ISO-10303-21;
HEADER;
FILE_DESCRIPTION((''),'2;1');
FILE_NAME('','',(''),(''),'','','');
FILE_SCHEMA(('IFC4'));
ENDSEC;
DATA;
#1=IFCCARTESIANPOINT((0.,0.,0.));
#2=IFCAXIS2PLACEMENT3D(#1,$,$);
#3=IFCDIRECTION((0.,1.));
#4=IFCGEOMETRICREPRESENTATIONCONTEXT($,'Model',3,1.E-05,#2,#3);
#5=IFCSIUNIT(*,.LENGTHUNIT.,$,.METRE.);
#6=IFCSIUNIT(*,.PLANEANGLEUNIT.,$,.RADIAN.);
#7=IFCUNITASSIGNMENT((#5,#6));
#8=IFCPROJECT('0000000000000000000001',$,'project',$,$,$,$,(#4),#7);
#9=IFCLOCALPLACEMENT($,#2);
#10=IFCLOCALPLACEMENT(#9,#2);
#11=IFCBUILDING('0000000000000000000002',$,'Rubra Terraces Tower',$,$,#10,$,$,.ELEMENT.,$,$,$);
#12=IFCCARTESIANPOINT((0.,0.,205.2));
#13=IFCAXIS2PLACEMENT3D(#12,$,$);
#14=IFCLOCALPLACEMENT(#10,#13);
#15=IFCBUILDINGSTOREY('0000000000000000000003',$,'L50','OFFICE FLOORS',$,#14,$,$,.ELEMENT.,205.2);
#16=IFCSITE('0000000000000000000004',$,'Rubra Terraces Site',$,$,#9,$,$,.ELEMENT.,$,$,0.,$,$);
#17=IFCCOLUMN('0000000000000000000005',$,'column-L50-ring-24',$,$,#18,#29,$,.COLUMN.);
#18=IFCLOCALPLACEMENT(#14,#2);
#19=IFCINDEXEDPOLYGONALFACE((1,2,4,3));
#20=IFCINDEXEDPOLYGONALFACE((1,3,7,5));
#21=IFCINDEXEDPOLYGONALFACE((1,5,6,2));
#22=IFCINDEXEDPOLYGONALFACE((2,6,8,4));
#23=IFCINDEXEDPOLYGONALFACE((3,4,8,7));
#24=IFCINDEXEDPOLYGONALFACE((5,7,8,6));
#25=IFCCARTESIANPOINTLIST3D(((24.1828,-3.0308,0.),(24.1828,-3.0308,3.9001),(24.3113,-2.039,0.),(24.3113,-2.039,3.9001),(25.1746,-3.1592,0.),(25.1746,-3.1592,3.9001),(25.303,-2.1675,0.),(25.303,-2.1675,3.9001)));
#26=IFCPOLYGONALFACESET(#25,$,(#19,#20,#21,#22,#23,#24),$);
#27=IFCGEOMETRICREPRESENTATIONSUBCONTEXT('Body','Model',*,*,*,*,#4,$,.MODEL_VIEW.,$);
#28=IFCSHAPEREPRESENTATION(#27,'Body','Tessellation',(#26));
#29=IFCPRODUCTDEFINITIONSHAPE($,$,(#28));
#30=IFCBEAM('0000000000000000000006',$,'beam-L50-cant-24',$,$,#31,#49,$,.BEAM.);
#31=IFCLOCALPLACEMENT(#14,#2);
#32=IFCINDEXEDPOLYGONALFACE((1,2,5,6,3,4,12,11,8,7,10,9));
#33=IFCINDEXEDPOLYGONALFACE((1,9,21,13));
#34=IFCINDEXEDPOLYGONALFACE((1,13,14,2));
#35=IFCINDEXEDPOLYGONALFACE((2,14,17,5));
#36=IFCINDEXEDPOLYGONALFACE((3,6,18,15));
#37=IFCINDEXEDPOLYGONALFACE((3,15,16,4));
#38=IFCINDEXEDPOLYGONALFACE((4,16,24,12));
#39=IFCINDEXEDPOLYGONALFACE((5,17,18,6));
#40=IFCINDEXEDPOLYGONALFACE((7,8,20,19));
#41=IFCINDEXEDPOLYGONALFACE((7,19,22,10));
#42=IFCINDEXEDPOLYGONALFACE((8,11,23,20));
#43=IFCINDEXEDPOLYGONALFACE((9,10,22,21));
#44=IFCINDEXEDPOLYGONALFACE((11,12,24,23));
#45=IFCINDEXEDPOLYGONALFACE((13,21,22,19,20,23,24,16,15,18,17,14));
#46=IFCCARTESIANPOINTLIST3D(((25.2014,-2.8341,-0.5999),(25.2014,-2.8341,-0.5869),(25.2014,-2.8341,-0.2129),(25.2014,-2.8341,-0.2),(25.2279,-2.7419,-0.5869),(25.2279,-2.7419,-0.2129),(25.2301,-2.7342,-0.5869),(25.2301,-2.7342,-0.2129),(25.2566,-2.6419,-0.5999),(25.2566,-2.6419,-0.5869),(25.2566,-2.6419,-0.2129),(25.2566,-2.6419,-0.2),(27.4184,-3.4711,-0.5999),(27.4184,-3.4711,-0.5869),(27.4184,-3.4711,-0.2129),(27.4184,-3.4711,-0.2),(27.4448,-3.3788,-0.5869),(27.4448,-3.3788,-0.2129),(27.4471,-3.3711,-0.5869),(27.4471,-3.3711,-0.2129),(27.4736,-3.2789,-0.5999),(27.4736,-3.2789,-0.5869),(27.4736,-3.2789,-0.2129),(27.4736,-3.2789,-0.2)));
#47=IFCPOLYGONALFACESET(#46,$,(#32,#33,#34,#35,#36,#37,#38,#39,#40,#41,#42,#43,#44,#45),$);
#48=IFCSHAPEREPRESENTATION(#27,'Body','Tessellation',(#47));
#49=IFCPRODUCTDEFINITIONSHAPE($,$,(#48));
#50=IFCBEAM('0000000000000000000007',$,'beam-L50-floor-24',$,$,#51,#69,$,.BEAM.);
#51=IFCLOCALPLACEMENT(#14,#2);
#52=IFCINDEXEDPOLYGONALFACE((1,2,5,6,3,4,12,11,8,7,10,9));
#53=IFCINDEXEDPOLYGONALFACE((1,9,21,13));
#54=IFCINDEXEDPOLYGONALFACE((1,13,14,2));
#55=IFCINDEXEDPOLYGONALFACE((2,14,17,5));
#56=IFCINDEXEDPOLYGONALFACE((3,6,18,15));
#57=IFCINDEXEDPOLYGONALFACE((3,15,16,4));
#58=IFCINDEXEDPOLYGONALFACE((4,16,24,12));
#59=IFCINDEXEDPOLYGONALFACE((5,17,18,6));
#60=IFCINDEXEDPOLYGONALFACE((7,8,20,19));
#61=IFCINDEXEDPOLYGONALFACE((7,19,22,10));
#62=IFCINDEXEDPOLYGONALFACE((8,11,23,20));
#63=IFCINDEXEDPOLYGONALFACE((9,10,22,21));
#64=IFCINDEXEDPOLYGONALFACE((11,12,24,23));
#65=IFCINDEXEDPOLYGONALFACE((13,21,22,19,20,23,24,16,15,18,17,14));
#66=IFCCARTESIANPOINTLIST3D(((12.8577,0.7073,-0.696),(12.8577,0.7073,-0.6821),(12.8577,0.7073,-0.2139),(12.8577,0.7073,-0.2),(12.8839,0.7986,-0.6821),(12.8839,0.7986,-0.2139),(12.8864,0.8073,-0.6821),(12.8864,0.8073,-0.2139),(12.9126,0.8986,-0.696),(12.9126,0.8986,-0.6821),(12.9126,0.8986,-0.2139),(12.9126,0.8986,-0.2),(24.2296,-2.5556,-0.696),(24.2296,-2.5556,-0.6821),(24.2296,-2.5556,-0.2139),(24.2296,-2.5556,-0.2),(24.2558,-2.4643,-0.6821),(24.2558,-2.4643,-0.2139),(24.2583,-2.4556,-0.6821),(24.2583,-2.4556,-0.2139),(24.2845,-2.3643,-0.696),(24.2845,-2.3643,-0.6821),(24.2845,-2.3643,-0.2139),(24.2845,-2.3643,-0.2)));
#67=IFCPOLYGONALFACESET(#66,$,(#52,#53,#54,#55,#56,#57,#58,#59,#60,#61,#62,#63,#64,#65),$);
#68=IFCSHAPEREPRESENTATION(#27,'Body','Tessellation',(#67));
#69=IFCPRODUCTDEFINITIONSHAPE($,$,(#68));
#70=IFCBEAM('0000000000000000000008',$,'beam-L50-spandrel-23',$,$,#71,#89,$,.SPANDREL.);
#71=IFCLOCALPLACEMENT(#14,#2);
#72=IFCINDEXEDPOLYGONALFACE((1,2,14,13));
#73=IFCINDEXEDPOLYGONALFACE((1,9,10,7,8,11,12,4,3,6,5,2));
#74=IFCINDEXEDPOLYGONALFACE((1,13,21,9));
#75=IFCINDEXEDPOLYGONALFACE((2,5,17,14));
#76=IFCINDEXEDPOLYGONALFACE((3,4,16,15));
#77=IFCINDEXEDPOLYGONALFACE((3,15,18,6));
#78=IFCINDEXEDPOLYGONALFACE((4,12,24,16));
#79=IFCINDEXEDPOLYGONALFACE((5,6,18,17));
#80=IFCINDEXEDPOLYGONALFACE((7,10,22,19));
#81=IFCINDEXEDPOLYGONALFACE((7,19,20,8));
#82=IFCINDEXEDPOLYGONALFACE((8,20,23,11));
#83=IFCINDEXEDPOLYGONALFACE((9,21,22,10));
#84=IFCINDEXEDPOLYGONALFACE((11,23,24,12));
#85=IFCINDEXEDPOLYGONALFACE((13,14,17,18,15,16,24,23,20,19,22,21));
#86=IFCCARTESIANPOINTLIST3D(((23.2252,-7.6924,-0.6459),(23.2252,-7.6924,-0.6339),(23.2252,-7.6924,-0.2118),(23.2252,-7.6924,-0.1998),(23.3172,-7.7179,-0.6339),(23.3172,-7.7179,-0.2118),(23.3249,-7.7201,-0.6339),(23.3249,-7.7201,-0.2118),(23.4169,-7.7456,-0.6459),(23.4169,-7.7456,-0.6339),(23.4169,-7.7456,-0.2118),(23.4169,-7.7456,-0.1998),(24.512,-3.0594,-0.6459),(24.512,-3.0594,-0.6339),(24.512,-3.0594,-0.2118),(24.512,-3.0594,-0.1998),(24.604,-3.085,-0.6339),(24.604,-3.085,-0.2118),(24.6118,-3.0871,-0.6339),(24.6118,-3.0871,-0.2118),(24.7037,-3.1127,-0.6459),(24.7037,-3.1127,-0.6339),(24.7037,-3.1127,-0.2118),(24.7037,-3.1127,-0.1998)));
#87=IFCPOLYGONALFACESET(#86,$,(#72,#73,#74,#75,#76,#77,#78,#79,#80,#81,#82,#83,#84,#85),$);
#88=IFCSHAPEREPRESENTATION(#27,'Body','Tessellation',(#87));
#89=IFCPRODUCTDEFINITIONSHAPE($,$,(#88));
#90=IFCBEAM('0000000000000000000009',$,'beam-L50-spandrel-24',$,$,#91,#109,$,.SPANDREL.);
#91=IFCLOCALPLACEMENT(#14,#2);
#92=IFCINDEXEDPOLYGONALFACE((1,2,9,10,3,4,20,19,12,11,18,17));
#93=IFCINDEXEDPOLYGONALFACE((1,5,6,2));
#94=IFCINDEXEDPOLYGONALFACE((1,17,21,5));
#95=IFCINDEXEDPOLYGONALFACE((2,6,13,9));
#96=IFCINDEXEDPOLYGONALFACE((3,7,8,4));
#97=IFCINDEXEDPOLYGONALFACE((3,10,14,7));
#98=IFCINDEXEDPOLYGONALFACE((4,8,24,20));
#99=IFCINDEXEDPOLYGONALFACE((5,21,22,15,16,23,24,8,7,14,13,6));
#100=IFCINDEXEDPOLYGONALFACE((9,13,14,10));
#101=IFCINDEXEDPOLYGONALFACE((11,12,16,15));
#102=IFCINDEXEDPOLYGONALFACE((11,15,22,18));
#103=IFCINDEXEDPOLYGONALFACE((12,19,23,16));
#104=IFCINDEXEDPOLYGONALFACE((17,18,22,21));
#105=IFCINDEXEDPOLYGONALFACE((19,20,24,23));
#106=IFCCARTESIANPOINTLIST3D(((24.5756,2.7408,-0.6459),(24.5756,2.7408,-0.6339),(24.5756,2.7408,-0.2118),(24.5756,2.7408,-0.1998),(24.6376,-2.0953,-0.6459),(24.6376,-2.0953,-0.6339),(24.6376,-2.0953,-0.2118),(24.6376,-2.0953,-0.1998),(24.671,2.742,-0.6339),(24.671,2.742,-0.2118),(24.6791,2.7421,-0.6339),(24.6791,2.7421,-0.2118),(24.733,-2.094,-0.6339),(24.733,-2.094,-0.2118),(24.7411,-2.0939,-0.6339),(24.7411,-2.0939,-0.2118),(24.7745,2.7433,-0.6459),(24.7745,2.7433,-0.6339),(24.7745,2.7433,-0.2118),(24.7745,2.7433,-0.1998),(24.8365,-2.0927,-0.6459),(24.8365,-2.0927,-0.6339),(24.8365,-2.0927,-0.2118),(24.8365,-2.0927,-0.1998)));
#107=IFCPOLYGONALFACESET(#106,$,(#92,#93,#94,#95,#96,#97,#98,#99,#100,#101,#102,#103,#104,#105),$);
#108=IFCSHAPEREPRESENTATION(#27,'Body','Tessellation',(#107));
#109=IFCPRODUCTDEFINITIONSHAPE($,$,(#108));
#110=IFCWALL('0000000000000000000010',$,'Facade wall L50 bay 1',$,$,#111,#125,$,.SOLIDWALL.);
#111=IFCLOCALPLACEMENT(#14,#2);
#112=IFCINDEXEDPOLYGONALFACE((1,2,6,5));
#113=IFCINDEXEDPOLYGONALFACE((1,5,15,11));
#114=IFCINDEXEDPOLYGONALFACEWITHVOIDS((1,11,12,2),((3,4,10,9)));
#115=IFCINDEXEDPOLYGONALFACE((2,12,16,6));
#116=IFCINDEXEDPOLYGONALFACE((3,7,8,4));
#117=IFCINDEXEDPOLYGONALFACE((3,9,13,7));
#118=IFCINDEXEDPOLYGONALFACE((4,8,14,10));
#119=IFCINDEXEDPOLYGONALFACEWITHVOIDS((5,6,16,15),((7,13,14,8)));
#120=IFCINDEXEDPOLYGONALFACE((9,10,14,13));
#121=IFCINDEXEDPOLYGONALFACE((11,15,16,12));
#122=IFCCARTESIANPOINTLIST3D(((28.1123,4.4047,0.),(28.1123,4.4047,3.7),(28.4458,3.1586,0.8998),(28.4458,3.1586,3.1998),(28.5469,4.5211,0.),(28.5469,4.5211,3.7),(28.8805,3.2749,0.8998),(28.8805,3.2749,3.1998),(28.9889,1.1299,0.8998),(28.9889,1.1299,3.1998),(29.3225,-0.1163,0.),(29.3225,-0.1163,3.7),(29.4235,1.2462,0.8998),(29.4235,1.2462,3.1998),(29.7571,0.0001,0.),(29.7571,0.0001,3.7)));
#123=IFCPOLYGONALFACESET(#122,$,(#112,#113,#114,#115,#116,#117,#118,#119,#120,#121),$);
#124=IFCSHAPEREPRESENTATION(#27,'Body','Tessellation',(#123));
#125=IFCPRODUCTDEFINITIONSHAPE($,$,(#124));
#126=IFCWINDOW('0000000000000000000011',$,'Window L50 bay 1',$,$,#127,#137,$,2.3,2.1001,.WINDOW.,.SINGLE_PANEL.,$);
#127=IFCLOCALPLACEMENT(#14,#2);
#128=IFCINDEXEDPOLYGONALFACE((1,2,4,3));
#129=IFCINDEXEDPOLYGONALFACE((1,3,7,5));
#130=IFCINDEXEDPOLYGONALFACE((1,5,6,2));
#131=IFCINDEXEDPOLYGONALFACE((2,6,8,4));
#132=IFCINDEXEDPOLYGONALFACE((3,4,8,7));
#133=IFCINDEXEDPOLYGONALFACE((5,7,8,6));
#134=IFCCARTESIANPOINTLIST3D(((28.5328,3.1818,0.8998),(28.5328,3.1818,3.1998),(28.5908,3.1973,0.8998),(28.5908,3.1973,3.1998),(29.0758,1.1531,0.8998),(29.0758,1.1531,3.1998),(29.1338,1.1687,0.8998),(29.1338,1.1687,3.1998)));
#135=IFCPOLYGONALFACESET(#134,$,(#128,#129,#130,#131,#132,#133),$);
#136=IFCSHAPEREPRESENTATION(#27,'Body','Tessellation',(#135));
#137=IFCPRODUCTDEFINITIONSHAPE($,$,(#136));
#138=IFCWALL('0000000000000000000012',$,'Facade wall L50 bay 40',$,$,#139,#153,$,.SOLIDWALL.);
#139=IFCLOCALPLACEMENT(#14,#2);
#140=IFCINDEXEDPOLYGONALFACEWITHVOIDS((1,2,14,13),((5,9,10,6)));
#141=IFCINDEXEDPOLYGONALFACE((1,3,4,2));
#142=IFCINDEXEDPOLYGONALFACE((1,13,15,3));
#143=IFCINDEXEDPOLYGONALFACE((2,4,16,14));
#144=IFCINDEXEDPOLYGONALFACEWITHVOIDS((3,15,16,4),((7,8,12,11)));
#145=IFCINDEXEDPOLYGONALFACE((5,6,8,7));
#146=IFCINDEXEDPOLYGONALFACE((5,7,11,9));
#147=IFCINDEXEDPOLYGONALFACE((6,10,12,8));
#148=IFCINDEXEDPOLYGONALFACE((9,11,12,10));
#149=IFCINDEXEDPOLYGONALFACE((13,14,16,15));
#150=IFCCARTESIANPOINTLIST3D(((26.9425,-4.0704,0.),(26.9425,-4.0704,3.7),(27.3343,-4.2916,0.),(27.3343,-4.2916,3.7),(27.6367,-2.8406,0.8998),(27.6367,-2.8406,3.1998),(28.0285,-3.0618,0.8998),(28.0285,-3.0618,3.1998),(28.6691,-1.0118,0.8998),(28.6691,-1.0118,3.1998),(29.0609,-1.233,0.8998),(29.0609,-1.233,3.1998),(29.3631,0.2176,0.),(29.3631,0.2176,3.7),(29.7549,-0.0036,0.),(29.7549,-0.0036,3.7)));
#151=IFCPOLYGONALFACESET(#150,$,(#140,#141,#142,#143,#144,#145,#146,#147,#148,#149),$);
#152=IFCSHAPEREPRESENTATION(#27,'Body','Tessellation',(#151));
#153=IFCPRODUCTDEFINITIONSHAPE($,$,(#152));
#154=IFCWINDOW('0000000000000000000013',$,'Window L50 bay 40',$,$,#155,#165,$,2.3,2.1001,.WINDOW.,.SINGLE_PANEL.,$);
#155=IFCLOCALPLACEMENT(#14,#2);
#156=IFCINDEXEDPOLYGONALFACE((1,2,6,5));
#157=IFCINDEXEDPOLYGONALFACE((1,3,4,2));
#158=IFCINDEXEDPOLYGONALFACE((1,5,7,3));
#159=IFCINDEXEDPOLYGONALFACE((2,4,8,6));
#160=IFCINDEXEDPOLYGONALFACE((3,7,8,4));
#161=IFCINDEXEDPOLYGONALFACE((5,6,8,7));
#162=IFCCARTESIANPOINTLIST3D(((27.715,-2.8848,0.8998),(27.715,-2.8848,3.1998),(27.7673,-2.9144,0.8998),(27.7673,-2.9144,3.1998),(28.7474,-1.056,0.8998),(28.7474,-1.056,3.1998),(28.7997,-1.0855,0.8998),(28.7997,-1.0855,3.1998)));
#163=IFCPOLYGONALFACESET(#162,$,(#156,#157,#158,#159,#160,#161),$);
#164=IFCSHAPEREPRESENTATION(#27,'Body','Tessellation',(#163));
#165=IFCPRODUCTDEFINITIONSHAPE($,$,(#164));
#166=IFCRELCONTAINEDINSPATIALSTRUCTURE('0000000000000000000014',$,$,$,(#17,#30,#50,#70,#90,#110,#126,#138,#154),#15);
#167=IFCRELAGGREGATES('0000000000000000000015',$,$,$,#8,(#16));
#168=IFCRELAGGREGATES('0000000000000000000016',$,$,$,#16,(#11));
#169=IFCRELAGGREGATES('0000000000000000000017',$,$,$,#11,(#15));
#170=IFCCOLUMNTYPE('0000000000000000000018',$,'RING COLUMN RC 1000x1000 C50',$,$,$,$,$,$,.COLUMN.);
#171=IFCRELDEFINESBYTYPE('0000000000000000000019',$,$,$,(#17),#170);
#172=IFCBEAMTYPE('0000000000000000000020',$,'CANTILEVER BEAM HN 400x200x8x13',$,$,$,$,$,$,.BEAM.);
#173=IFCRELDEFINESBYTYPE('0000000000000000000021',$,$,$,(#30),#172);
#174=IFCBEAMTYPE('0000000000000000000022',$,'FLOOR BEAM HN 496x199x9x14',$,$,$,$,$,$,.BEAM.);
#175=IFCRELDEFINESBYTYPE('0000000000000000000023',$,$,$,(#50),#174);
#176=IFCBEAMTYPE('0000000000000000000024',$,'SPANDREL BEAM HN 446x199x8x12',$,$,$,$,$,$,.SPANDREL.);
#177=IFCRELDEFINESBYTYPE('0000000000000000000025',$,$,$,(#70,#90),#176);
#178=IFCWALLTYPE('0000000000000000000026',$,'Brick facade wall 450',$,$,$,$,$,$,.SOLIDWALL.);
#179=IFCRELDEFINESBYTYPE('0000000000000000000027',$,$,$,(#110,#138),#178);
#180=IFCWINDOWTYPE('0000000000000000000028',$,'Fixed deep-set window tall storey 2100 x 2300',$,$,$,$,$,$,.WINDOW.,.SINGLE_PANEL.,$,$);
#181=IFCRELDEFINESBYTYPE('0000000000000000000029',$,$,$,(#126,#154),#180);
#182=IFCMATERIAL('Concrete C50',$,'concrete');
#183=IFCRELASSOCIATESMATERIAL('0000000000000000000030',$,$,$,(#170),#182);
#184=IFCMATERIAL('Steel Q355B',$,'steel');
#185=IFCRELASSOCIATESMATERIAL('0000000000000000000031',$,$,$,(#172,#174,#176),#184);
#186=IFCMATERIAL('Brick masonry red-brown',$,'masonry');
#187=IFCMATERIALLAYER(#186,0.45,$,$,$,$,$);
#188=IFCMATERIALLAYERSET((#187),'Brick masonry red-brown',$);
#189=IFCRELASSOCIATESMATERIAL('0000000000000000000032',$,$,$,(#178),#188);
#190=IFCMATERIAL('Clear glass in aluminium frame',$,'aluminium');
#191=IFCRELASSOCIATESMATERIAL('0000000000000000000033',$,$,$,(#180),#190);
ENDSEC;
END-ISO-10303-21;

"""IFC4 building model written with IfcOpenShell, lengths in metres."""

from ifc_helpers import new_model, si_unit, direction, frame, frame_2d, origin, origin_2d, place, context, subcontext, project, spatial, rectangle, i_section, extrude, material, layer, layer_set, material_profile, profile_set, type_object, element, fill, save


model = new_model("IFC4")

# Units and contexts
model_context = context("Model", 3, precision=1e-05, world=origin(), true_north=direction((0.0, 1.0)))
body_context = subcontext(model_context, "Body", "Model", "MODEL_VIEW")
ifc_project = project(units=[si_unit("LENGTHUNIT", "METRE"), si_unit("PLANEANGLEUNIT", "RADIAN")], contexts=[model_context])

# Site, building, storey
site_placement = place(None, origin())
site = spatial("IfcSite", under=ifc_project, at=site_placement, Name="Rubra Terraces Site", CompositionType="ELEMENT", RefElevation=0.0)
building_placement = place(site_placement, origin())
building = spatial("IfcBuilding", under=site, at=building_placement, Name="Rubra Terraces Tower", CompositionType="ELEMENT")
storey_placement = place(building_placement, frame((0.0, 0.0, 205.2)))
storey = spatial("IfcBuildingStorey", under=building, at=storey_placement, Name="L50", Description="OFFICE FLOORS", CompositionType="ELEMENT", Elevation=205.2)

# Column
ifc_material_1 = material(Name="Concrete C50", Category="concrete")
ifc_material_profile_1 = material_profile(ifc_material_1, rectangle(XDim=1.0, YDim=1.0, at=origin_2d()), Name="RC 1000x1000")
ifc_profile_set_1 = profile_set([ifc_material_profile_1], Name="Concrete C50")
column_type = type_object("IfcColumnType", Name="RING COLUMN RC 1000x1000 C50", PredefinedType="COLUMN", material=ifc_profile_set_1)
column_placement = place(storey_placement, frame((24.7429, -2.5991, 0.0), z_axis=(0.0, 0.0, 1.0), x_axis=(0.128444, 0.991717, 0.0)))
element("IfcColumn", 1, at=column_placement, inside=storey, type_object=column_type, Name="column-L50-ring-24", PredefinedType="COLUMN", context=body_context, shape_type="SweptSolid", body=[
    extrude(rectangle(XDim=1.0, YDim=1.0, at=origin_2d()), origin(), (0.0, 0.0, 1.0), 3.9001),
])

# Beams
ifc_material_2 = material(Name="Steel Q355B", Category="steel")
ifc_material_profile_2 = material_profile(ifc_material_2, i_section(OverallWidth=0.2, OverallDepth=0.3999, WebThickness=0.0081, FlangeThickness=0.0129, at=origin_2d()), Name="HN 400x200x8x13")
ifc_profile_set_2 = profile_set([ifc_material_profile_2], Name="Steel Q355B")
beam_type_1 = type_object("IfcBeamType", Name="CANTILEVER BEAM HN 400x200x8x13", PredefinedType="BEAM", material=ifc_profile_set_2)
beam_1_placement = place(storey_placement, frame((25.229, -2.738, -0.3999), z_axis=(0.96112, -0.276133, 0.0), x_axis=(0.276133, 0.96112, 0.0)))
element("IfcBeam", 2, at=beam_1_placement, inside=storey, type_object=beam_type_1, Name="beam-L50-cant-24", PredefinedType="BEAM", context=body_context, shape_type="SweptSolid", body=[
    extrude(i_section(OverallWidth=0.2, OverallDepth=0.3999, WebThickness=0.0081, FlangeThickness=0.0129, at=origin_2d()), origin(), (0.0, 0.0, 1.0), 2.3066),
])
ifc_material_profile_3 = material_profile(ifc_material_2, i_section(OverallWidth=0.199, OverallDepth=0.4961, WebThickness=0.009, FlangeThickness=0.0139, at=origin_2d()), Name="HN 496x199x9x14")
ifc_profile_set_3 = profile_set([ifc_material_profile_3], Name="Steel Q355B")
beam_type_2 = type_object("IfcBeamType", Name="FLOOR BEAM HN 496x199x9x14", PredefinedType="BEAM", material=ifc_profile_set_3)
beam_2_placement = place(storey_placement, frame((24.2571, -2.46, -0.448), z_axis=(-0.961216, 0.275798, 0.0), x_axis=(-0.275798, -0.961216, 0.0)))
element("IfcBeam", 3, at=beam_2_placement, inside=storey, type_object=beam_type_2, Name="beam-L50-floor-24", PredefinedType="BEAM", context=body_context, shape_type="SweptSolid", body=[
    extrude(i_section(OverallWidth=0.199, OverallDepth=0.4961, WebThickness=0.009, FlangeThickness=0.0139, at=origin_2d()), origin(), (0.0, 0.0, 1.0), 11.8308),
])
ifc_material_profile_4 = material_profile(ifc_material_2, i_section(OverallWidth=0.199, OverallDepth=0.446, WebThickness=0.0081, FlangeThickness=0.012, at=origin_2d()), Name="HN 446x199x8x12")
ifc_profile_set_4 = profile_set([ifc_material_profile_4], Name="Steel Q355B")
beam_type_3 = type_object("IfcBeamType", Name="SPANDREL BEAM HN 446x199x8x12", PredefinedType="SPANDREL", material=ifc_profile_set_4)
beam_3_placement = place(storey_placement, frame((23.321, -7.719, -0.4229), z_axis=(0.267626, 0.963523, 0.0), x_axis=(-0.963523, 0.267626, 0.0)))
element("IfcBeam", 4, at=beam_3_placement, inside=storey, type_object=beam_type_3, Name="beam-L50-spandrel-23", PredefinedType="SPANDREL", context=body_context, shape_type="SweptSolid", body=[
    extrude(i_section(OverallWidth=0.199, OverallDepth=0.446, WebThickness=0.0081, FlangeThickness=0.012, at=origin_2d()), origin(), (0.0, 0.0, 1.0), 4.8083),
])
beam_4_placement = place(storey_placement, frame((24.7371, -2.094, -0.4229), z_axis=(-0.012822, 0.999918, 0.0), x_axis=(-0.999918, -0.012822, 0.0)))
element("IfcBeam", 5, at=beam_4_placement, inside=storey, type_object=beam_type_3, Name="beam-L50-spandrel-24", PredefinedType="SPANDREL", context=body_context, shape_type="SweptSolid", body=[
    extrude(i_section(OverallWidth=0.199, OverallDepth=0.446, WebThickness=0.0081, FlangeThickness=0.012, at=origin_2d()), origin(), (0.0, 0.0, 1.0), 4.8364),
])

# Walls, openings, windows
ifc_material_3 = material(Name="Brick masonry red-brown", Category="masonry")
ifc_layer_1 = layer(ifc_material_3, 0.45)
ifc_layer_set_1 = layer_set([ifc_layer_1], Name="Brick masonry red-brown")
wall_type_1 = type_object("IfcWallType", Name="Brick facade wall 450", PredefinedType="SOLIDWALL", material=ifc_layer_set_1)
wall_1_placement = place(storey_placement, frame((29.5398, -0.0581, 0.0), z_axis=(0.0, 0.0, 1.0), x_axis=(-0.258581, 0.965989, 0.0)))
wall_1 = element("IfcWall", 6, at=wall_1_placement, inside=storey, type_object=wall_type_1, Name="Facade wall L50 bay 1", PredefinedType="SOLIDWALL", context=body_context, shape_type="SweptSolid", body=[
    extrude(rectangle(XDim=4.6802, YDim=0.45, at=frame_2d((2.3401, 0.0))), origin(), (0.0, 0.0, 1.0), 3.7),
])
opening_1_placement = place(wall_1_placement, frame((1.29, 0.0, 0.8999)))
opening_1 = element("IfcOpeningElement", 7, at=opening_1_placement, cuts=wall_1, PredefinedType="OPENING", context=body_context, shape_type="SweptSolid", body=[
    extrude(rectangle(XDim=2.1001, YDim=2.3, at=frame_2d((1.05, 1.1499))), frame((0.0, 0.2349, 0.0), z_axis=(0.0, -1.0, 0.0), x_axis=(1.0, 0.0, 0.0)), (0.0, 0.0, 1.0), 0.47),
])
ifc_material_4 = material(Name="Clear glass in aluminium frame", Category="aluminium")
window_type = type_object("IfcWindowType", Name="Fixed deep-set window tall storey 2100 x 2300", PartitioningType="SINGLE_PANEL", PredefinedType="WINDOW", material=ifc_material_4)
window_1_placement = place(opening_1_placement, origin())
window_1 = element("IfcWindow", 8, at=window_1_placement, inside=storey, type_object=window_type, Name="Window L50 bay 1", OverallHeight=2.3, OverallWidth=2.1001, PartitioningType="SINGLE_PANEL", PredefinedType="WINDOW", context=body_context, shape_type="SweptSolid", body=[
    extrude(rectangle(XDim=2.1001, YDim=2.3, at=frame_2d((1.05, 1.1499))), frame((0.0, 0.135, 0.0), z_axis=(0.0, -1.0, 0.0), x_axis=(1.0, 0.0, 0.0)), (0.0, 0.0, 1.0), 0.0601),
])
fill(opening_1, window_1)
wall_2_placement = place(storey_placement, frame((27.1384, -4.1809, 0.0), z_axis=(0.0, 0.0, 1.0), x_axis=(0.491588, 0.870828, 0.0)))
wall_2 = element("IfcWall", 9, at=wall_2_placement, inside=storey, type_object=wall_type_1, Name="Facade wall L50 bay 40", PredefinedType="SOLIDWALL", context=body_context, shape_type="SweptSolid", body=[
    extrude(rectangle(XDim=4.9241, YDim=0.45, at=frame_2d((2.4619, 0.0))), origin(), (0.0, 0.0, 1.0), 3.7),
])
opening_2_placement = place(wall_2_placement, frame((1.4121, 0.0, 0.8999)))
opening_2 = element("IfcOpeningElement", 10, at=opening_2_placement, cuts=wall_2, PredefinedType="OPENING", context=body_context, shape_type="SweptSolid", body=[
    extrude(rectangle(XDim=2.1001, YDim=2.3, at=frame_2d((1.05, 1.1499))), frame((0.0, 0.2349, 0.0), z_axis=(0.0, -1.0, 0.0), x_axis=(1.0, 0.0, 0.0)), (0.0, 0.0, 1.0), 0.47),
])
window_2_placement = place(opening_2_placement, origin())
window_2 = element("IfcWindow", 11, at=window_2_placement, inside=storey, type_object=window_type, Name="Window L50 bay 40", OverallHeight=2.3, OverallWidth=2.1001, PartitioningType="SINGLE_PANEL", PredefinedType="WINDOW", context=body_context, shape_type="SweptSolid", body=[
    extrude(rectangle(XDim=2.1001, YDim=2.3, at=frame_2d((1.05, 1.1499))), frame((0.0, 0.135, 0.0), z_axis=(0.0, -1.0, 0.0), x_axis=(1.0, 0.0, 0.0)), (0.0, 0.0, 1.0), 0.0601),
])
fill(opening_2, window_2)

save(model, "model.ifc")
